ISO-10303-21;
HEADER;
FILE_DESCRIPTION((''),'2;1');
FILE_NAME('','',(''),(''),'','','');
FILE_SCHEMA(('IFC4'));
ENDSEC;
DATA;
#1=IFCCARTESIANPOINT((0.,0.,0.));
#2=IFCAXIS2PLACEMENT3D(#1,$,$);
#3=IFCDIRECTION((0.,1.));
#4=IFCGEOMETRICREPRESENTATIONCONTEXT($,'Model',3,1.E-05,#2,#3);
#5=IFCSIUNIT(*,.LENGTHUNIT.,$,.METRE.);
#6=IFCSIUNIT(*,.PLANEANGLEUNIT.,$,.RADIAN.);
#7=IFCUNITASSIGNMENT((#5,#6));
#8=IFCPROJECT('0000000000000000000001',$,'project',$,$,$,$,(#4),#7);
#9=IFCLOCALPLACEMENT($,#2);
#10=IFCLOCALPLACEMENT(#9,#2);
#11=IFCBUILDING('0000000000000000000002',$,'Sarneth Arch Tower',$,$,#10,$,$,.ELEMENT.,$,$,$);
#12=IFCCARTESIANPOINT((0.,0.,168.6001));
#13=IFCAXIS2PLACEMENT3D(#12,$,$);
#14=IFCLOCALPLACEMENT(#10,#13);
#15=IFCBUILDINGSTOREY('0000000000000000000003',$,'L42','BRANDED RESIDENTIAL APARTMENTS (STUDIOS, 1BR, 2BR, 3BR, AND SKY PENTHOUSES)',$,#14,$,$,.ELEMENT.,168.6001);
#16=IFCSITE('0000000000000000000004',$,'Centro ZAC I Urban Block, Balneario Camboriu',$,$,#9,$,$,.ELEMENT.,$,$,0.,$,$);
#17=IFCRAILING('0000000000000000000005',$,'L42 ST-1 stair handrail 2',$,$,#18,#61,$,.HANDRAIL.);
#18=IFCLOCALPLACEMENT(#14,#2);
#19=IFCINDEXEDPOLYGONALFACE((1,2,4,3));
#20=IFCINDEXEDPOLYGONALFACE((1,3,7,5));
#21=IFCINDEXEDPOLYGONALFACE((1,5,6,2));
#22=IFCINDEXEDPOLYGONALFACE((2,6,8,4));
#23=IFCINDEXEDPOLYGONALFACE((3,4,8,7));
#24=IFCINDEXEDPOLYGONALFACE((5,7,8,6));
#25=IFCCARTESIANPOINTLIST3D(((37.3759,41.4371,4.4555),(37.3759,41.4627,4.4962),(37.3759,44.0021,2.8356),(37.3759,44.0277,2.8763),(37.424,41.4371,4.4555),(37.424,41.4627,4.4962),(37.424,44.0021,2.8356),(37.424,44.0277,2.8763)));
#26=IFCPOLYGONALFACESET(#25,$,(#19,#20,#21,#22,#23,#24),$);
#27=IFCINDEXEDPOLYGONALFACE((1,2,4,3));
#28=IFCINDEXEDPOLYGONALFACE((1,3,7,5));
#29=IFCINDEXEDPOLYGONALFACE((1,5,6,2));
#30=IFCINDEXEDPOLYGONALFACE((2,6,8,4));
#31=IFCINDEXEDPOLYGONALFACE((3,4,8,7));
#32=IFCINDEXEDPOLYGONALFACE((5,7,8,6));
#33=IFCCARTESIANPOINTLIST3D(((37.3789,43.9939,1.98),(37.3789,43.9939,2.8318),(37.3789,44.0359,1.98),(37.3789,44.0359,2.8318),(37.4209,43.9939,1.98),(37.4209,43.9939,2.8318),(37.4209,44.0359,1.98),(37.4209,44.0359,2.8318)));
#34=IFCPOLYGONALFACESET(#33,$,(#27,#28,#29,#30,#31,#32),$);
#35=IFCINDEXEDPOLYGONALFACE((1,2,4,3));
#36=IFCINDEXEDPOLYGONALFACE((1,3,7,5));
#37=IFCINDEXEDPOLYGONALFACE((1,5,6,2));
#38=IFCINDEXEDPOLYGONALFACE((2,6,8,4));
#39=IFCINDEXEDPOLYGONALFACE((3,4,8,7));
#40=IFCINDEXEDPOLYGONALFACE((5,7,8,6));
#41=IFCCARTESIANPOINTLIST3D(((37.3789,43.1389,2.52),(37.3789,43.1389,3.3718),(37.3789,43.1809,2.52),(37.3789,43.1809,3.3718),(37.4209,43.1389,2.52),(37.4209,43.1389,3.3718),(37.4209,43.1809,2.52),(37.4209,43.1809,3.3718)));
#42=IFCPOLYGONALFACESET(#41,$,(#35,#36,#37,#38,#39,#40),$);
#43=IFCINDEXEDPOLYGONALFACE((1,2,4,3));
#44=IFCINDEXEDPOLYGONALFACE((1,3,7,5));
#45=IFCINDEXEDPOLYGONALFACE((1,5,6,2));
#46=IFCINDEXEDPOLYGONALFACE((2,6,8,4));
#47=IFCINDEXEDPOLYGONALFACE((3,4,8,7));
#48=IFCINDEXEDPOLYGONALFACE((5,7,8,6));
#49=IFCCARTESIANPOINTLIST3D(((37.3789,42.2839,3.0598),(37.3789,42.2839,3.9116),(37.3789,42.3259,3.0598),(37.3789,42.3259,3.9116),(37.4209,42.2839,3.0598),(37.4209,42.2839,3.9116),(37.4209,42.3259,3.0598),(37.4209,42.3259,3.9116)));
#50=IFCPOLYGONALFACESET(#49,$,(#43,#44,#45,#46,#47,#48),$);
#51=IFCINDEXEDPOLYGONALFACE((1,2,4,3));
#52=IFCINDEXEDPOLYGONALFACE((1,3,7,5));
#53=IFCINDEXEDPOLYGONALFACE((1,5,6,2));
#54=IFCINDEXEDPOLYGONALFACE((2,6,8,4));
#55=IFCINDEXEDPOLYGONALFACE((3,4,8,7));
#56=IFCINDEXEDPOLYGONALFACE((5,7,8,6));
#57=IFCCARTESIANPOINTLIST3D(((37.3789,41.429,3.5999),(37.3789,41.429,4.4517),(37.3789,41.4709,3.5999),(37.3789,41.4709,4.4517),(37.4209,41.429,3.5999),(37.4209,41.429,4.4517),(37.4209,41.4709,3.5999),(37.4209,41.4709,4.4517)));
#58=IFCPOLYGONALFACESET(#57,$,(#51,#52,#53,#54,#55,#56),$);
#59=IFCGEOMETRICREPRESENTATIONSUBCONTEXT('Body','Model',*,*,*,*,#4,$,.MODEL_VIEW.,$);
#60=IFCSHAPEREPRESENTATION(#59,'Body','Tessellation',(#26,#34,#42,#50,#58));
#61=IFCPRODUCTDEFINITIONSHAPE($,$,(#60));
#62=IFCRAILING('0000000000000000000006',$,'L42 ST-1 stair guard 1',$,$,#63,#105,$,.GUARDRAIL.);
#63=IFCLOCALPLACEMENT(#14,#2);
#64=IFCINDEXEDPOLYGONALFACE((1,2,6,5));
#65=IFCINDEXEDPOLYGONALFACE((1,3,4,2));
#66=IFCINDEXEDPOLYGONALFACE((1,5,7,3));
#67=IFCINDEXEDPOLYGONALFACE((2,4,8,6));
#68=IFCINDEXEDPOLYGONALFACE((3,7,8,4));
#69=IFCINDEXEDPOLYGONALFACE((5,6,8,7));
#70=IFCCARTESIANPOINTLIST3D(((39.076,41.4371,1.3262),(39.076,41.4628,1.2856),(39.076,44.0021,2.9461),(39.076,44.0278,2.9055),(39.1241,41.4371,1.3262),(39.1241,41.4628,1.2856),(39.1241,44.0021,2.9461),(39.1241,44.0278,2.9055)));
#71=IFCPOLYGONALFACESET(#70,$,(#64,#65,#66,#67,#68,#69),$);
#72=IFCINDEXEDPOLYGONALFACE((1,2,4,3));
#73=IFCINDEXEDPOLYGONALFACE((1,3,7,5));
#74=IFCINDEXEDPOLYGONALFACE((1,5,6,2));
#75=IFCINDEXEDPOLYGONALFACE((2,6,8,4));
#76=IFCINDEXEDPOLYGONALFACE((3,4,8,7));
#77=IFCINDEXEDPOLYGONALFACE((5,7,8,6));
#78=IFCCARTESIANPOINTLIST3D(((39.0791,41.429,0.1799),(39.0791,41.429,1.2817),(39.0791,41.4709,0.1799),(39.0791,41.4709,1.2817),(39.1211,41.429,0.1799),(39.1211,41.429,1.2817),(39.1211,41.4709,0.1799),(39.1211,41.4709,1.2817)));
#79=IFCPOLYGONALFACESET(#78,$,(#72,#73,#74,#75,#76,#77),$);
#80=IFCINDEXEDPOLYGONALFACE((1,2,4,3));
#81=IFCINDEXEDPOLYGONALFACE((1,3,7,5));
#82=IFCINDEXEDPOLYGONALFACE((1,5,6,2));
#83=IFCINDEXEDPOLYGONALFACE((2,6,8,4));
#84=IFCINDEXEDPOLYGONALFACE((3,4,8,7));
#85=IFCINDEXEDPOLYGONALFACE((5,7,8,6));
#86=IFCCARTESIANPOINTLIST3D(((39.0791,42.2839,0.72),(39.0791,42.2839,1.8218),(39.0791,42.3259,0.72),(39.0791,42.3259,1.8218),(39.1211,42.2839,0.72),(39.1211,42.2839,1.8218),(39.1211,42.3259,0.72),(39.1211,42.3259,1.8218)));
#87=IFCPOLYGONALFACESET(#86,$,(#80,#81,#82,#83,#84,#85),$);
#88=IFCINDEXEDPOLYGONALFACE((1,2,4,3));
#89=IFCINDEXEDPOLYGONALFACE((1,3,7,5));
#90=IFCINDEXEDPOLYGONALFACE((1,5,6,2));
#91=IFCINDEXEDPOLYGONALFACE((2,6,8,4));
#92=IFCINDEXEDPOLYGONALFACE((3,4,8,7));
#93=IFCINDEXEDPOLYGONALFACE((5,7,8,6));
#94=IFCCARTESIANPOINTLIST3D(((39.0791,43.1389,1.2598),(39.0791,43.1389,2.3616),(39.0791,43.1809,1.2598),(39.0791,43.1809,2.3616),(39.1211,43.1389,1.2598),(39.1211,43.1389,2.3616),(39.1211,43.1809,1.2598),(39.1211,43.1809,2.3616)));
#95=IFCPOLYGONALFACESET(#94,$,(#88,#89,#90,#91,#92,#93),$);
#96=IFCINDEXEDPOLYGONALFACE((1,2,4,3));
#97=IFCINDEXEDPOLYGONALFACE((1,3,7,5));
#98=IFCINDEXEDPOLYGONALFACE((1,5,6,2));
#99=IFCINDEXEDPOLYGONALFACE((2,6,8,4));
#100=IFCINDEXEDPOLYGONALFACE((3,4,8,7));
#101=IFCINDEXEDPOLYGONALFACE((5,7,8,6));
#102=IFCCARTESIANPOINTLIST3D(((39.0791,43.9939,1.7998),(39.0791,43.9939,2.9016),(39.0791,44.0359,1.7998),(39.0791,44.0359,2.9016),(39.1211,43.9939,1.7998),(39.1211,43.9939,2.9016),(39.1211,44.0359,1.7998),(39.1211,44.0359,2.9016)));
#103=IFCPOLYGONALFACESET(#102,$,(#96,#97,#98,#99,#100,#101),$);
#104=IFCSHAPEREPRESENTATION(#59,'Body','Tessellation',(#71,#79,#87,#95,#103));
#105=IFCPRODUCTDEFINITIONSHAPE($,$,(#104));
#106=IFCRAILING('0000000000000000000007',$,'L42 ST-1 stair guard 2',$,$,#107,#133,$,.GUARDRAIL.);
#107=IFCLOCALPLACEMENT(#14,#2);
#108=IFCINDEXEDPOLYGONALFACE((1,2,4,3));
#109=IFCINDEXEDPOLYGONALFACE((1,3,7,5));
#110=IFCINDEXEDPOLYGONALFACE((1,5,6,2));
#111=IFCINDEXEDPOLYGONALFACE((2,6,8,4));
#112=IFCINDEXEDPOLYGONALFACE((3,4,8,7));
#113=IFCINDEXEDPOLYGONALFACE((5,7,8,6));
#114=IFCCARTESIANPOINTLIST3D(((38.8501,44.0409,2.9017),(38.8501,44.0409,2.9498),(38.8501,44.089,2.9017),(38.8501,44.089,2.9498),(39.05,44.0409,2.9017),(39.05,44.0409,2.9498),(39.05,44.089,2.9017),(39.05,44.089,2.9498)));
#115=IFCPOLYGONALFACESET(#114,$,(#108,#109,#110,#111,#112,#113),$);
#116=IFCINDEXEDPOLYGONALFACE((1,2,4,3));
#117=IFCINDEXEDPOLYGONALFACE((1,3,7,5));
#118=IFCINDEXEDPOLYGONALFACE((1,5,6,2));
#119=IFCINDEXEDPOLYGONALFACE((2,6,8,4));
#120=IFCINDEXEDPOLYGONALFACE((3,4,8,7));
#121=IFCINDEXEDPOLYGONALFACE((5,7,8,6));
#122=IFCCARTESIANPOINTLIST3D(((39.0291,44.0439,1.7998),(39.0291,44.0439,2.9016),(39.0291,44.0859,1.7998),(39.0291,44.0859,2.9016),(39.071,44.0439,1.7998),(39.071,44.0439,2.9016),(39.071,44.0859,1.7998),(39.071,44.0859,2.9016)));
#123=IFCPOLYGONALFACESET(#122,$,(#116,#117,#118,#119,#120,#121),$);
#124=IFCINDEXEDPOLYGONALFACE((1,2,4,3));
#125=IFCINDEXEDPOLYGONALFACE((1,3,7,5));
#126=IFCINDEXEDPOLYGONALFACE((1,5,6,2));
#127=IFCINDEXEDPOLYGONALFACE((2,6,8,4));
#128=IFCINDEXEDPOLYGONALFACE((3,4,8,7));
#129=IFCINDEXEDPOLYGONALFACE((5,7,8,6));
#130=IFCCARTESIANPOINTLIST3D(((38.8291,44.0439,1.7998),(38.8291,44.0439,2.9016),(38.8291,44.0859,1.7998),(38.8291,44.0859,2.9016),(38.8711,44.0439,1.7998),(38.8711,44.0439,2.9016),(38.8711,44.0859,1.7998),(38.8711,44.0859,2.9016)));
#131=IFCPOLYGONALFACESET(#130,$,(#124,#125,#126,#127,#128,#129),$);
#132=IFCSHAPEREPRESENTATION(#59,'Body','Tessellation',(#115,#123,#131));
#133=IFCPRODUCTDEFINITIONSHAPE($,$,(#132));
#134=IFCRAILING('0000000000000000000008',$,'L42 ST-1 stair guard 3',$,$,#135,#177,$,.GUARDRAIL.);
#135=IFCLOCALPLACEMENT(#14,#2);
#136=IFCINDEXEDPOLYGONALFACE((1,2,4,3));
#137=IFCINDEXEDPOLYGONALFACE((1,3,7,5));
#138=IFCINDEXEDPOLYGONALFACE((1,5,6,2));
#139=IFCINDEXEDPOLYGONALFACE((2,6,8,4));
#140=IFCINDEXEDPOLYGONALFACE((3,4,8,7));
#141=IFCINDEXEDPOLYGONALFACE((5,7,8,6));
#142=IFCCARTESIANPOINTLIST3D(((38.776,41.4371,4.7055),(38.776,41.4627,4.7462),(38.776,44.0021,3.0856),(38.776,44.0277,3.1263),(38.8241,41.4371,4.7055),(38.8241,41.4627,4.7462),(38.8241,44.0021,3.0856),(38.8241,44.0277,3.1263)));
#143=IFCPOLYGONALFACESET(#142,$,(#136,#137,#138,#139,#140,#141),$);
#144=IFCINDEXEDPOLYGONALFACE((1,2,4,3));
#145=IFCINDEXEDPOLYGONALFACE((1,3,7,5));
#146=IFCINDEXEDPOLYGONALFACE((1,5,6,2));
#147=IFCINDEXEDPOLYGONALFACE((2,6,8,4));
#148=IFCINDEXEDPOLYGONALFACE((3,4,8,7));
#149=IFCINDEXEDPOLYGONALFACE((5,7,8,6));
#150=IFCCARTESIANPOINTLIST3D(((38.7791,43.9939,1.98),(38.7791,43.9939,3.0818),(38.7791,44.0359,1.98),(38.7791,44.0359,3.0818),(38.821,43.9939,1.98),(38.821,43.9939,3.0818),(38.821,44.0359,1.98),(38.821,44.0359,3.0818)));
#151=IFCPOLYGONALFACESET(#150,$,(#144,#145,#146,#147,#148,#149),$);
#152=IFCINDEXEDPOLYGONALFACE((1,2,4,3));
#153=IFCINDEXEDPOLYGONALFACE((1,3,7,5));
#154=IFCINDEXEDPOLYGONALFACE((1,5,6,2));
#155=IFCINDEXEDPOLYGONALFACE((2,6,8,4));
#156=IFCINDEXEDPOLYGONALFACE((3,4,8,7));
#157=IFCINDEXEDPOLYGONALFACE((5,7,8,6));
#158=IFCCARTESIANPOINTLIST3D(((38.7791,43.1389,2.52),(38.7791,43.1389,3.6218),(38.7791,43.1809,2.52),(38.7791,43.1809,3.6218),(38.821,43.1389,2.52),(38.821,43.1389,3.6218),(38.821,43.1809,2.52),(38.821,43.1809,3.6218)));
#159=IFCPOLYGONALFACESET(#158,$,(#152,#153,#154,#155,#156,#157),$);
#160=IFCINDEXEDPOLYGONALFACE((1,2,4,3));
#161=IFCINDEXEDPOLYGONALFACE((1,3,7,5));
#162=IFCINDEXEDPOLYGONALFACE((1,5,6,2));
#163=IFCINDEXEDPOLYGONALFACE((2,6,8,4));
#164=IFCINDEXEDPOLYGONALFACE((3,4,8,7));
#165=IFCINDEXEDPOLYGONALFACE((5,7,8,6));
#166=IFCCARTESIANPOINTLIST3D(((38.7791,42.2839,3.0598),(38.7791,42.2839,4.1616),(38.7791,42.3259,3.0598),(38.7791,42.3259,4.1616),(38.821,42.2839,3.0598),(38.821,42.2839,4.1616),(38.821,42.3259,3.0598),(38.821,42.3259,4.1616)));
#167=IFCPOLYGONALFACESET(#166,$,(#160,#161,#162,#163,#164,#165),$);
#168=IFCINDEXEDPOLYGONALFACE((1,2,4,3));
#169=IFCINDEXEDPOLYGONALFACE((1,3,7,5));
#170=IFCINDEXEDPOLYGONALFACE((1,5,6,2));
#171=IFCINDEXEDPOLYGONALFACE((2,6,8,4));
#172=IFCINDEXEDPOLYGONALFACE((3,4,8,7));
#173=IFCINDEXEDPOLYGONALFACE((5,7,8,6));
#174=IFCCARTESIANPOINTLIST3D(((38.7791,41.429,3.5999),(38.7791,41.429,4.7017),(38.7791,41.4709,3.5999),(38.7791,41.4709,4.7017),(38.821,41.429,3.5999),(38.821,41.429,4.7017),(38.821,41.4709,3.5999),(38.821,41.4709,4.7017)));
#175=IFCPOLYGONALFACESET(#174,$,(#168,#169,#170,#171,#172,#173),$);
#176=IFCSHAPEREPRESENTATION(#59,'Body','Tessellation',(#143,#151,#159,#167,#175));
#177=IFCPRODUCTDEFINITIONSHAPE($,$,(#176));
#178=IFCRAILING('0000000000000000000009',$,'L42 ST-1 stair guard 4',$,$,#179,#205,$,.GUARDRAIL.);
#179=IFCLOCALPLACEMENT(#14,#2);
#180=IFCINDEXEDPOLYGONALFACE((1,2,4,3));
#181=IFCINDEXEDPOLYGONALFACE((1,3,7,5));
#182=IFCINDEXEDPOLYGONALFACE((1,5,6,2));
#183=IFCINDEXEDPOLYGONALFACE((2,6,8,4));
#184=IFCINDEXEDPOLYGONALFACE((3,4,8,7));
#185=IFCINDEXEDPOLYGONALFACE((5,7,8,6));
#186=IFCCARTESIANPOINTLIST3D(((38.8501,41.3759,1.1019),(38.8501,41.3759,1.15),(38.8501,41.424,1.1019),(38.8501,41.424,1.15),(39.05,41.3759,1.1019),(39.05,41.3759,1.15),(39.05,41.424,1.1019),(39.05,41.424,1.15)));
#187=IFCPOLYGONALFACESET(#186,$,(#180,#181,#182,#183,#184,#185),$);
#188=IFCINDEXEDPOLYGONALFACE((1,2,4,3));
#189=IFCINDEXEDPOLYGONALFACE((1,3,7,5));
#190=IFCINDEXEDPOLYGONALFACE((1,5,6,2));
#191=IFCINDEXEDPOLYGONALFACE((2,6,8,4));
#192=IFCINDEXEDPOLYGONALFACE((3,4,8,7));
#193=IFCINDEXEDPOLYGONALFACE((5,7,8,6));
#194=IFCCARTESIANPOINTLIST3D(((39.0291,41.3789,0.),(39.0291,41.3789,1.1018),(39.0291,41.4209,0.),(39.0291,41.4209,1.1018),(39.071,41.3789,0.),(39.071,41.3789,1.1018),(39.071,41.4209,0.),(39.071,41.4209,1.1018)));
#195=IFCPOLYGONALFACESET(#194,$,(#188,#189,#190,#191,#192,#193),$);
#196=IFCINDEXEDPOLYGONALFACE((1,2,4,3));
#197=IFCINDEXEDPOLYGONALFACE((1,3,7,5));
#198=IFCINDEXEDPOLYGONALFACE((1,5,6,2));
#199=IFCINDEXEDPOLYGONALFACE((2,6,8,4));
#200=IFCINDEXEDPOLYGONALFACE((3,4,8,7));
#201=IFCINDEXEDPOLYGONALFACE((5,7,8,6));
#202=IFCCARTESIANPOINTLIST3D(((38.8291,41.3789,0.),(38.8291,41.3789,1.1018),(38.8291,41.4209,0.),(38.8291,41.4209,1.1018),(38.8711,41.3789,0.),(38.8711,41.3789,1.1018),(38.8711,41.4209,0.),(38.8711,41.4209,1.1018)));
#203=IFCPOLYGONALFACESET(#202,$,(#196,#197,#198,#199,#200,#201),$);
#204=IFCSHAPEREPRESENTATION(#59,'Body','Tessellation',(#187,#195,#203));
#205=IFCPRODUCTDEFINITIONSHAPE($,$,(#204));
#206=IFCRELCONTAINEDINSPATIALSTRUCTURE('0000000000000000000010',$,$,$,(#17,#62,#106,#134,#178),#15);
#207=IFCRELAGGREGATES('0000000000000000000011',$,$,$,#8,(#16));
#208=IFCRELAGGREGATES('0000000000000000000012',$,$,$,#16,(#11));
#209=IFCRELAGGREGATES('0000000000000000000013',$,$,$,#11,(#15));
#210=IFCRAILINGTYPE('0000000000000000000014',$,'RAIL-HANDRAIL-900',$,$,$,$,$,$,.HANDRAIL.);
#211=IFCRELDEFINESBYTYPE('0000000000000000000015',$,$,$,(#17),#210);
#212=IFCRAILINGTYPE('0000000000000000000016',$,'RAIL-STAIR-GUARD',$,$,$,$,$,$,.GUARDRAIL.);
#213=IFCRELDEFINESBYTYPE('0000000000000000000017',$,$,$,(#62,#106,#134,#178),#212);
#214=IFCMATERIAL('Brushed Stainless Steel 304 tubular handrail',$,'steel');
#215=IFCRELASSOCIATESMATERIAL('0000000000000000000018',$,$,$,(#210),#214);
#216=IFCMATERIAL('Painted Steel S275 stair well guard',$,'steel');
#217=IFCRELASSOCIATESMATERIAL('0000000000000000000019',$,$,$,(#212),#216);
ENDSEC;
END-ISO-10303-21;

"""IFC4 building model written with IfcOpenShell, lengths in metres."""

from ifc_helpers import new_model, si_unit, direction, frame, origin, origin_2d, place, context, subcontext, project, spatial, rectangle, extrude, material, type_object, element, save


model = new_model("IFC4")

# Units and contexts
model_context = context("Model", 3, precision=1e-05, world=origin(), true_north=direction((0.0, 1.0)))
body_context = subcontext(model_context, "Body", "Model", "MODEL_VIEW")
ifc_project = project(units=[si_unit("LENGTHUNIT", "METRE"), si_unit("PLANEANGLEUNIT", "RADIAN")], contexts=[model_context])

# Site, building, storey
site_placement = place(None, origin())
site = spatial("IfcSite", under=ifc_project, at=site_placement, Name="Centro ZAC I Urban Block, Balneario Camboriu", CompositionType="ELEMENT", RefElevation=0.0)
building_placement = place(site_placement, origin())
building = spatial("IfcBuilding", under=site, at=building_placement, Name="Sarneth Arch Tower", CompositionType="ELEMENT")
storey_placement = place(building_placement, frame((0.0, 0.0, 168.6001)))
storey = spatial("IfcBuildingStorey", under=building, at=storey_placement, Name="L42", Description="BRANDED RESIDENTIAL APARTMENTS (STUDIOS, 1BR, 2BR, 3BR, AND SKY PENTHOUSES)", CompositionType="ELEMENT", Elevation=168.6001)

# Railings
ifc_material_1 = material(Name="Brushed Stainless Steel 304 tubular handrail", Category="steel")
railing_type_1 = type_object("IfcRailingType", Name="RAIL-HANDRAIL-900", PredefinedType="HANDRAIL", material=ifc_material_1)
railing_1_placement = place(storey_placement, frame((37.3999, 44.0149, 1.98)))
element("IfcRailing", 1, at=railing_1_placement, inside=storey, type_object=railing_type_1, Name="L42 ST-1 stair handrail 2", PredefinedType="HANDRAIL", context=body_context, shape_type="SweptSolid", body=[
    extrude(rectangle(XDim=0.0481, YDim=0.0481, at=origin_2d()), frame((0.0, 0.0, 0.876), z_axis=(0.0, -0.845502, 0.533972), x_axis=(1.0, 0.0, 0.0)), (0.0, 0.0, 1.0), 3.0337),
    extrude(rectangle(XDim=0.042, YDim=0.042, at=origin_2d()), origin(), (0.0, 0.0, 1.0), 0.8518),
    extrude(rectangle(XDim=0.042, YDim=0.042, at=origin_2d()), frame((0.0, -0.855, 0.54)), (0.0, 0.0, 1.0), 0.8518),
    extrude(rectangle(XDim=0.042, YDim=0.042, at=origin_2d()), frame((0.0, -1.71, 1.0798)), (0.0, 0.0, 1.0), 0.8518),
    extrude(rectangle(XDim=0.042, YDim=0.042, at=origin_2d()), frame((0.0, -2.5649, 1.6199)), (0.0, 0.0, 1.0), 0.8518),
])
ifc_material_2 = material(Name="Painted Steel S275 stair well guard", Category="steel")
railing_type_2 = type_object("IfcRailingType", Name="RAIL-STAIR-GUARD", PredefinedType="GUARDRAIL", material=ifc_material_2)
railing_2_placement = place(storey_placement, frame((39.1001, 41.45, 0.1799)))
element("IfcRailing", 2, at=railing_2_placement, inside=storey, type_object=railing_type_2, Name="L42 ST-1 stair guard 1", PredefinedType="GUARDRAIL", context=body_context, shape_type="SweptSolid", body=[
    extrude(rectangle(XDim=0.0481, YDim=0.0481, at=origin_2d()), frame((0.0, 0.0, 1.126), z_axis=(0.0, 0.845502, 0.533972), x_axis=(-1.0, 0.0, 0.0)), (0.0, 0.0, 1.0), 3.0337),
    extrude(rectangle(XDim=0.042, YDim=0.042, at=origin_2d()), origin(), (0.0, 0.0, 1.0), 1.1018),
    extrude(rectangle(XDim=0.042, YDim=0.042, at=origin_2d()), frame((0.0, 0.855, 0.54)), (0.0, 0.0, 1.0), 1.1018),
    extrude(rectangle(XDim=0.042, YDim=0.042, at=origin_2d()), frame((0.0, 1.71, 1.0798)), (0.0, 0.0, 1.0), 1.1018),
    extrude(rectangle(XDim=0.042, YDim=0.042, at=origin_2d()), frame((0.0, 2.5649, 1.6199)), (0.0, 0.0, 1.0), 1.1018),
])
railing_3_placement = place(storey_placement, frame((39.05, 44.0649, 1.7998)))
element("IfcRailing", 3, at=railing_3_placement, inside=storey, type_object=railing_type_2, Name="L42 ST-1 stair guard 2", PredefinedType="GUARDRAIL", context=body_context, shape_type="SweptSolid", body=[
    extrude(rectangle(XDim=0.0481, YDim=0.0481, at=origin_2d()), frame((0.0, 0.0, 1.126), z_axis=(-1.0, 0.0, 0.0), x_axis=(0.0, -1.0, 0.0)), (0.0, 0.0, 1.0), 0.2),
    extrude(rectangle(XDim=0.042, YDim=0.042, at=origin_2d()), origin(), (0.0, 0.0, 1.0), 1.1018),
    extrude(rectangle(XDim=0.042, YDim=0.042, at=origin_2d()), frame((-0.2, 0.0, 0.0)), (0.0, 0.0, 1.0), 1.1018),
])
railing_4_placement = place(storey_placement, frame((38.8, 44.0149, 1.98)))
element("IfcRailing", 4, at=railing_4_placement, inside=storey, type_object=railing_type_2, Name="L42 ST-1 stair guard 3", PredefinedType="GUARDRAIL", context=body_context, shape_type="SweptSolid", body=[
    extrude(rectangle(XDim=0.0481, YDim=0.0481, at=origin_2d()), frame((0.0, 0.0, 1.126), z_axis=(0.0, -0.845502, 0.533972), x_axis=(1.0, 0.0, 0.0)), (0.0, 0.0, 1.0), 3.0337),
    extrude(rectangle(XDim=0.042, YDim=0.042, at=origin_2d()), origin(), (0.0, 0.0, 1.0), 1.1018),
    extrude(rectangle(XDim=0.042, YDim=0.042, at=origin_2d()), frame((0.0, -0.855, 0.54)), (0.0, 0.0, 1.0), 1.1018),
    extrude(rectangle(XDim=0.042, YDim=0.042, at=origin_2d()), frame((0.0, -1.71, 1.0798)), (0.0, 0.0, 1.0), 1.1018),
    extrude(rectangle(XDim=0.042, YDim=0.042, at=origin_2d()), frame((0.0, -2.5649, 1.6199)), (0.0, 0.0, 1.0), 1.1018),
])
railing_5_placement = place(storey_placement, frame((39.05, 41.3999, 0.0)))
element("IfcRailing", 5, at=railing_5_placement, inside=storey, type_object=railing_type_2, Name="L42 ST-1 stair guard 4", PredefinedType="GUARDRAIL", context=body_context, shape_type="SweptSolid", body=[
    extrude(rectangle(XDim=0.0481, YDim=0.0481, at=origin_2d()), frame((0.0, 0.0, 1.126), z_axis=(-1.0, 0.0, 0.0), x_axis=(0.0, -1.0, 0.0)), (0.0, 0.0, 1.0), 0.2),
    extrude(rectangle(XDim=0.042, YDim=0.042, at=origin_2d()), origin(), (0.0, 0.0, 1.0), 1.1018),
    extrude(rectangle(XDim=0.042, YDim=0.042, at=origin_2d()), frame((-0.2, 0.0, 0.0)), (0.0, 0.0, 1.0), 1.1018),
])

save(model, "model.ifc")
